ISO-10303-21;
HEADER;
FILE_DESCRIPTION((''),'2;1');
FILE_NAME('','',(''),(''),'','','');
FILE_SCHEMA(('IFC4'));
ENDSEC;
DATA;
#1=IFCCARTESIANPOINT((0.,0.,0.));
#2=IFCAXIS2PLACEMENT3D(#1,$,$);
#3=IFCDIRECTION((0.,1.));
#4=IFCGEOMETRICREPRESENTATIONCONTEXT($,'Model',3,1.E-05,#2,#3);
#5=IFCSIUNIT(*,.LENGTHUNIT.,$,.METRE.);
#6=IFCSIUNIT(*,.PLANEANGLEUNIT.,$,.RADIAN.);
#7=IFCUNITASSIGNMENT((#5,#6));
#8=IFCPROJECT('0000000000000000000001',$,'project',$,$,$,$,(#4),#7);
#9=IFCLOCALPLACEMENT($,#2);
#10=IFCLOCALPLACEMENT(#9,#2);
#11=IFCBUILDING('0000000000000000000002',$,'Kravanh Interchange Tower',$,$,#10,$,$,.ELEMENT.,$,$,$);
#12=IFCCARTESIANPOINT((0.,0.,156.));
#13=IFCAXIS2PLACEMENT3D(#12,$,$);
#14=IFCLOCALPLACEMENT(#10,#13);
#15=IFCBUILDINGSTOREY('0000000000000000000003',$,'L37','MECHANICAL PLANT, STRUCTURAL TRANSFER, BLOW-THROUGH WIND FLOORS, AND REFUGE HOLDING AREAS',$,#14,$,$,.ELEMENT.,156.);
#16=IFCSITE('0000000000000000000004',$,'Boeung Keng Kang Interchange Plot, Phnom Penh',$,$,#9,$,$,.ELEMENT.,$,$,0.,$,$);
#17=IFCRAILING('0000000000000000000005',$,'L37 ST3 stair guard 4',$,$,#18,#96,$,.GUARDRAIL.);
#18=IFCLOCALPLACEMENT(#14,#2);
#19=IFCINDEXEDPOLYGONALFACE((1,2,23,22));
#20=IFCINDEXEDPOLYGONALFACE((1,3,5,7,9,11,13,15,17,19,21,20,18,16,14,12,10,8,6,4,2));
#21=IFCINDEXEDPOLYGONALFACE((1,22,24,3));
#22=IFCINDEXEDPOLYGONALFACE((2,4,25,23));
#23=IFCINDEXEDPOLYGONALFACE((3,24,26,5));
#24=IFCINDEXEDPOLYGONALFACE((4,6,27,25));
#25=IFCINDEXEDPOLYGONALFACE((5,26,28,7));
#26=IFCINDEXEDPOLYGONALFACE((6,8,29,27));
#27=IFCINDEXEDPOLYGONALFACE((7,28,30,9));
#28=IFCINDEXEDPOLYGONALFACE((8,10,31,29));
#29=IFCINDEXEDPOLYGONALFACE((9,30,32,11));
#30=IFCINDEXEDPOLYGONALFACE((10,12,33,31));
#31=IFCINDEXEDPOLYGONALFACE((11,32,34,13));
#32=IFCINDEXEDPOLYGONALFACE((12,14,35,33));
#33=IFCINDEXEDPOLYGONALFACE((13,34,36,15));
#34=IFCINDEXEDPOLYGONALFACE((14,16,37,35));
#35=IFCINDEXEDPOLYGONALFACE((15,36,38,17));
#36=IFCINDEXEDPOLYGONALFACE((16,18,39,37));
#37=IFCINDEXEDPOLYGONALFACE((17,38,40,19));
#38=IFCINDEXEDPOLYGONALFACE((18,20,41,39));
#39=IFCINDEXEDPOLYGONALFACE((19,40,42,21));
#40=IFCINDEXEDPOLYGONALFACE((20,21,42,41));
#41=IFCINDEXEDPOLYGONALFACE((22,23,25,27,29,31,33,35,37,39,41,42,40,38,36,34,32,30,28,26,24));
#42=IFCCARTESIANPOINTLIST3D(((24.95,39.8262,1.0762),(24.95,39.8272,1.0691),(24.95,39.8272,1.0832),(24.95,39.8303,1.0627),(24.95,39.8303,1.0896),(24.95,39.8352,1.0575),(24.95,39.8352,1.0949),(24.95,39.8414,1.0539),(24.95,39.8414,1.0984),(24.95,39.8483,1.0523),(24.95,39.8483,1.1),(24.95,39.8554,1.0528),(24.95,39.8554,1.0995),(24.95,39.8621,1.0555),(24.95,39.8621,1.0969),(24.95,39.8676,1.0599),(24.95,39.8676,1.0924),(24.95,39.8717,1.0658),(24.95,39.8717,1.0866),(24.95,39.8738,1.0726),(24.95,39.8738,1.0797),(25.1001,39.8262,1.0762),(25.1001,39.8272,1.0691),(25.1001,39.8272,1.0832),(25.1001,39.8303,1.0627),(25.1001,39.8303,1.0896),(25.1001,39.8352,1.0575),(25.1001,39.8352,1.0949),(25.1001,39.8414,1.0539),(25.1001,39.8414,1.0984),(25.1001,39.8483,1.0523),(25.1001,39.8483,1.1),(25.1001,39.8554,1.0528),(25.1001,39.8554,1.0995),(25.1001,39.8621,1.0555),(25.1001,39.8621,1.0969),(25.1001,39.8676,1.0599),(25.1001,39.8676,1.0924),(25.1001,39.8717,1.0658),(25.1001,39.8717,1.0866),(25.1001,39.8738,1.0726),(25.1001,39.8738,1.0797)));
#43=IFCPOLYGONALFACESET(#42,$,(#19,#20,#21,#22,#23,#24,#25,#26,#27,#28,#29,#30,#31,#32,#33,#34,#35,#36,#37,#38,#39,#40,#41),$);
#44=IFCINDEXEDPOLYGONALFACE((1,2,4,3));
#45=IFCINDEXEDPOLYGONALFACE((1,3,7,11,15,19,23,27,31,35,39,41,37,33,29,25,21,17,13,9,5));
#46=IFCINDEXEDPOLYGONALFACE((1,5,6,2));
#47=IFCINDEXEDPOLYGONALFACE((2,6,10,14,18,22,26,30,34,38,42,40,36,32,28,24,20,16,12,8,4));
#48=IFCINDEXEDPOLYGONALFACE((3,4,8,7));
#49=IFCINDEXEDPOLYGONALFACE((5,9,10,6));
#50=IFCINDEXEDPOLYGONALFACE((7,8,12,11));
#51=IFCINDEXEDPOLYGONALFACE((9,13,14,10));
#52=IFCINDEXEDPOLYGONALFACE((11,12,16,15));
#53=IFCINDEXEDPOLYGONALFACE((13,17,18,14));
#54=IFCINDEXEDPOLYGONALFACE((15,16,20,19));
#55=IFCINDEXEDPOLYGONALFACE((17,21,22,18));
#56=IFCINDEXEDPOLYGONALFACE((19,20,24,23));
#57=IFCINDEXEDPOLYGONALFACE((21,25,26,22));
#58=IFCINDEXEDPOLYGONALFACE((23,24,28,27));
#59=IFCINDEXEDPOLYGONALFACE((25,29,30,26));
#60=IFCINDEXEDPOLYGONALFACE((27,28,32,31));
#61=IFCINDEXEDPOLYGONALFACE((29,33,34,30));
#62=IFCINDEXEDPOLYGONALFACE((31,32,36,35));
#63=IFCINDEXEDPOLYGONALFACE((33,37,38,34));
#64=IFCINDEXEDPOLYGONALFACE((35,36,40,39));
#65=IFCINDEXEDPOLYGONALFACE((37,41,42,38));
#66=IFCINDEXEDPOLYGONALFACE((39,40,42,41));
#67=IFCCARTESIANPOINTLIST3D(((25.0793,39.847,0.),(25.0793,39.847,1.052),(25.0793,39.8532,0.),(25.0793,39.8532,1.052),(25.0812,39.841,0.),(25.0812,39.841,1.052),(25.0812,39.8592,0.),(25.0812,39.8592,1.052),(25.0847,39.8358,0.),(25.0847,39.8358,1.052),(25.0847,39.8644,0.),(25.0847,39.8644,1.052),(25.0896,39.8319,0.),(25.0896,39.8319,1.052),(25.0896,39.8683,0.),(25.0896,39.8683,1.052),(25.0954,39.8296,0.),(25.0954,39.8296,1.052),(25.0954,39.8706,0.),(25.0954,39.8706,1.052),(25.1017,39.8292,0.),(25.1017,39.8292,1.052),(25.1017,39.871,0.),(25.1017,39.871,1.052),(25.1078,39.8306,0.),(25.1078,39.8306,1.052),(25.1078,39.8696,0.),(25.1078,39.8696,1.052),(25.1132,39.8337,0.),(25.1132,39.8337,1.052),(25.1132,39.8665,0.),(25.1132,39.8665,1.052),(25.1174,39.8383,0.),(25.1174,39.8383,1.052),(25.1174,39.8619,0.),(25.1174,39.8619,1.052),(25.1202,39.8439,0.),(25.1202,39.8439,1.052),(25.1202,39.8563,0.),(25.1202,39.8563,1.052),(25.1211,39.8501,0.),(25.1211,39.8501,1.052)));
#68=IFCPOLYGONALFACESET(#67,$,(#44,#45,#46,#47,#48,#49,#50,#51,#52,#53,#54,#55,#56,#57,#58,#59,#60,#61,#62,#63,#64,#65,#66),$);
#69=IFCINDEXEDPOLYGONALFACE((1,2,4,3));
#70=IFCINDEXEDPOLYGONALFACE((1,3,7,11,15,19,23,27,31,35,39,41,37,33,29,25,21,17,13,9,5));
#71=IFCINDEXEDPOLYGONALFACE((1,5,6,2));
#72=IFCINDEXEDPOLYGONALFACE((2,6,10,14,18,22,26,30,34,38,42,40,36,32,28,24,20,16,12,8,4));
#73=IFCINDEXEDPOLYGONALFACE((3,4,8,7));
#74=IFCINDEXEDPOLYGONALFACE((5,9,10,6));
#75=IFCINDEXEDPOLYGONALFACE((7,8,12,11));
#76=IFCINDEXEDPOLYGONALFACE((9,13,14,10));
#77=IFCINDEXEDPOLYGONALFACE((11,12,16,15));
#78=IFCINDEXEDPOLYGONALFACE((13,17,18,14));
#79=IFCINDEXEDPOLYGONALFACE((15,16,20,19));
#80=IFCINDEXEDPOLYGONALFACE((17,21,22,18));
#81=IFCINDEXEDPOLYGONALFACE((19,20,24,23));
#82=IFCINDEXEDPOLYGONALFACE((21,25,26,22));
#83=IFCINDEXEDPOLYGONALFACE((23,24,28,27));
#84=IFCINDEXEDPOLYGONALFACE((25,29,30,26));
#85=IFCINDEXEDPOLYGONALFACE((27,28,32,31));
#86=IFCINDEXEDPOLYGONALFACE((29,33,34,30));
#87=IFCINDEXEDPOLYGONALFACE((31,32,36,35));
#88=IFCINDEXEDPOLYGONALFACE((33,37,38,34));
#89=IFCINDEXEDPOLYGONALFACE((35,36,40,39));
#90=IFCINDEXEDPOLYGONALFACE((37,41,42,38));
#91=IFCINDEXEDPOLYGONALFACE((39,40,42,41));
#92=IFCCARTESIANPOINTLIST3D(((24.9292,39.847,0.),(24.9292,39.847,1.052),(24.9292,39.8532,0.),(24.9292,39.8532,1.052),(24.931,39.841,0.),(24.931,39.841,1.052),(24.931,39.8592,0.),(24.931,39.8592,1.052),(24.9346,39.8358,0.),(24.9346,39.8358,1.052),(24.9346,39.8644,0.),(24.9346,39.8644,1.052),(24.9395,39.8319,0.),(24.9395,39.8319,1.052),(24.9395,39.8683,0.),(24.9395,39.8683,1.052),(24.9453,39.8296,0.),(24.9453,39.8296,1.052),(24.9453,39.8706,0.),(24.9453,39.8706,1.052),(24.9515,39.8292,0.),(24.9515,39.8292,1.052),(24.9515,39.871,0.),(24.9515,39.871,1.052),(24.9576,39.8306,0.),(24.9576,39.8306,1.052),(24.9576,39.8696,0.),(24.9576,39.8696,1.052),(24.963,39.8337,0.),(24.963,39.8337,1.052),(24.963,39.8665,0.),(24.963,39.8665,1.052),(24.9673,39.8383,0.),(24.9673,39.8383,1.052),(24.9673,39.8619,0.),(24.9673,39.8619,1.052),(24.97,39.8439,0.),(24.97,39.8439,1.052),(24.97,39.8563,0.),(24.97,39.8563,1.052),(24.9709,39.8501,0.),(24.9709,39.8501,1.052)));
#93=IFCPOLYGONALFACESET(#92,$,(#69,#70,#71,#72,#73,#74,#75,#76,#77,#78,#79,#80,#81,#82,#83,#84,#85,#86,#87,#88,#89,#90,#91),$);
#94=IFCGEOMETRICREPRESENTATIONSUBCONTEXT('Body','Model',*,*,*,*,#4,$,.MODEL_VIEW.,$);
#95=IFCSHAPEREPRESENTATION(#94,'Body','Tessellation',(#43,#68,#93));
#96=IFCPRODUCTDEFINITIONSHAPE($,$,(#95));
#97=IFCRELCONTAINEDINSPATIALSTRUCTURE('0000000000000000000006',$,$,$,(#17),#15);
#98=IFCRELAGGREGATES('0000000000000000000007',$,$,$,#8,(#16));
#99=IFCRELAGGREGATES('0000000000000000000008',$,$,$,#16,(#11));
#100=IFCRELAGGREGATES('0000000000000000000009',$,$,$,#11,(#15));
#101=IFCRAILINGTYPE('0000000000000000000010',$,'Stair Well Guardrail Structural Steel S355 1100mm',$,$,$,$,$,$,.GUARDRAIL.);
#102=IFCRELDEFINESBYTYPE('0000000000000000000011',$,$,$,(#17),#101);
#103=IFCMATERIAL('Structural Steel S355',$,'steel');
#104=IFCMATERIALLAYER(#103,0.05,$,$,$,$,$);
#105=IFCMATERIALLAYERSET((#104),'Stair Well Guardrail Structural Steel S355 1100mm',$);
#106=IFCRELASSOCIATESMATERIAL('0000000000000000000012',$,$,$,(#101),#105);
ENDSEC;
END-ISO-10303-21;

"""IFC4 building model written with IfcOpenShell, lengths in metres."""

from ifc_helpers import new_model, si_unit, direction, frame, origin, origin_2d, place, context, subcontext, project, spatial, circle, extrude, material, layer, layer_set, type_object, element, save


model = new_model("IFC4")

# Units and contexts
model_context = context("Model", 3, precision=1e-05, world=origin(), true_north=direction((0.0, 1.0)))
body_context = subcontext(model_context, "Body", "Model", "MODEL_VIEW")
ifc_project = project(units=[si_unit("LENGTHUNIT", "METRE"), si_unit("PLANEANGLEUNIT", "RADIAN")], contexts=[model_context])

# Site, building, storey
site_placement = place(None, origin())
site = spatial("IfcSite", under=ifc_project, at=site_placement, Name="Boeung Keng Kang Interchange Plot, Phnom Penh", CompositionType="ELEMENT", RefElevation=0.0)
building_placement = place(site_placement, origin())
building = spatial("IfcBuilding", under=site, at=building_placement, Name="Kravanh Interchange Tower", CompositionType="ELEMENT")
storey_placement = place(building_placement, frame((0.0, 0.0, 156.0)))
storey = spatial("IfcBuildingStorey", under=building, at=storey_placement, Name="L37", Description="MECHANICAL PLANT, STRUCTURAL TRANSFER, BLOW-THROUGH WIND FLOORS, AND REFUGE HOLDING AREAS", CompositionType="ELEMENT", Elevation=156.0)

# Railing
ifc_material_1 = material(Name="Structural Steel S355", Category="steel")
ifc_layer_1 = layer(ifc_material_1, 0.05)
ifc_layer_set_1 = layer_set([ifc_layer_1], Name="Stair Well Guardrail Structural Steel S355 1100mm")
railing_type_1 = type_object("IfcRailingType", Name="Stair Well Guardrail Structural Steel S355 1100mm", PredefinedType="GUARDRAIL", material=ifc_layer_set_1)
railing_1_placement = place(storey_placement, frame((25.1001, 39.8501, 0.0)))
element("IfcRailing", 1, at=railing_1_placement, inside=storey, type_object=railing_type_1, Name="L37 ST3 stair guard 4", PredefinedType="GUARDRAIL", context=body_context, shape_type="SweptSolid", body=[
    extrude(circle(Radius=0.0239, at=origin_2d()), frame((0.0, 0.0, 1.0762), z_axis=(-1.0, 0.0, 0.0), x_axis=(0.0, -1.0, 0.0)), (0.0, 0.0, 1.0), 0.1501),
    extrude(circle(Radius=0.021, at=origin_2d()), origin(), (0.0, 0.0, 1.0), 1.052),
    extrude(circle(Radius=0.021, at=origin_2d()), frame((-0.1501, 0.0, 0.0)), (0.0, 0.0, 1.0), 1.052),
])

save(model, "model.ifc")
